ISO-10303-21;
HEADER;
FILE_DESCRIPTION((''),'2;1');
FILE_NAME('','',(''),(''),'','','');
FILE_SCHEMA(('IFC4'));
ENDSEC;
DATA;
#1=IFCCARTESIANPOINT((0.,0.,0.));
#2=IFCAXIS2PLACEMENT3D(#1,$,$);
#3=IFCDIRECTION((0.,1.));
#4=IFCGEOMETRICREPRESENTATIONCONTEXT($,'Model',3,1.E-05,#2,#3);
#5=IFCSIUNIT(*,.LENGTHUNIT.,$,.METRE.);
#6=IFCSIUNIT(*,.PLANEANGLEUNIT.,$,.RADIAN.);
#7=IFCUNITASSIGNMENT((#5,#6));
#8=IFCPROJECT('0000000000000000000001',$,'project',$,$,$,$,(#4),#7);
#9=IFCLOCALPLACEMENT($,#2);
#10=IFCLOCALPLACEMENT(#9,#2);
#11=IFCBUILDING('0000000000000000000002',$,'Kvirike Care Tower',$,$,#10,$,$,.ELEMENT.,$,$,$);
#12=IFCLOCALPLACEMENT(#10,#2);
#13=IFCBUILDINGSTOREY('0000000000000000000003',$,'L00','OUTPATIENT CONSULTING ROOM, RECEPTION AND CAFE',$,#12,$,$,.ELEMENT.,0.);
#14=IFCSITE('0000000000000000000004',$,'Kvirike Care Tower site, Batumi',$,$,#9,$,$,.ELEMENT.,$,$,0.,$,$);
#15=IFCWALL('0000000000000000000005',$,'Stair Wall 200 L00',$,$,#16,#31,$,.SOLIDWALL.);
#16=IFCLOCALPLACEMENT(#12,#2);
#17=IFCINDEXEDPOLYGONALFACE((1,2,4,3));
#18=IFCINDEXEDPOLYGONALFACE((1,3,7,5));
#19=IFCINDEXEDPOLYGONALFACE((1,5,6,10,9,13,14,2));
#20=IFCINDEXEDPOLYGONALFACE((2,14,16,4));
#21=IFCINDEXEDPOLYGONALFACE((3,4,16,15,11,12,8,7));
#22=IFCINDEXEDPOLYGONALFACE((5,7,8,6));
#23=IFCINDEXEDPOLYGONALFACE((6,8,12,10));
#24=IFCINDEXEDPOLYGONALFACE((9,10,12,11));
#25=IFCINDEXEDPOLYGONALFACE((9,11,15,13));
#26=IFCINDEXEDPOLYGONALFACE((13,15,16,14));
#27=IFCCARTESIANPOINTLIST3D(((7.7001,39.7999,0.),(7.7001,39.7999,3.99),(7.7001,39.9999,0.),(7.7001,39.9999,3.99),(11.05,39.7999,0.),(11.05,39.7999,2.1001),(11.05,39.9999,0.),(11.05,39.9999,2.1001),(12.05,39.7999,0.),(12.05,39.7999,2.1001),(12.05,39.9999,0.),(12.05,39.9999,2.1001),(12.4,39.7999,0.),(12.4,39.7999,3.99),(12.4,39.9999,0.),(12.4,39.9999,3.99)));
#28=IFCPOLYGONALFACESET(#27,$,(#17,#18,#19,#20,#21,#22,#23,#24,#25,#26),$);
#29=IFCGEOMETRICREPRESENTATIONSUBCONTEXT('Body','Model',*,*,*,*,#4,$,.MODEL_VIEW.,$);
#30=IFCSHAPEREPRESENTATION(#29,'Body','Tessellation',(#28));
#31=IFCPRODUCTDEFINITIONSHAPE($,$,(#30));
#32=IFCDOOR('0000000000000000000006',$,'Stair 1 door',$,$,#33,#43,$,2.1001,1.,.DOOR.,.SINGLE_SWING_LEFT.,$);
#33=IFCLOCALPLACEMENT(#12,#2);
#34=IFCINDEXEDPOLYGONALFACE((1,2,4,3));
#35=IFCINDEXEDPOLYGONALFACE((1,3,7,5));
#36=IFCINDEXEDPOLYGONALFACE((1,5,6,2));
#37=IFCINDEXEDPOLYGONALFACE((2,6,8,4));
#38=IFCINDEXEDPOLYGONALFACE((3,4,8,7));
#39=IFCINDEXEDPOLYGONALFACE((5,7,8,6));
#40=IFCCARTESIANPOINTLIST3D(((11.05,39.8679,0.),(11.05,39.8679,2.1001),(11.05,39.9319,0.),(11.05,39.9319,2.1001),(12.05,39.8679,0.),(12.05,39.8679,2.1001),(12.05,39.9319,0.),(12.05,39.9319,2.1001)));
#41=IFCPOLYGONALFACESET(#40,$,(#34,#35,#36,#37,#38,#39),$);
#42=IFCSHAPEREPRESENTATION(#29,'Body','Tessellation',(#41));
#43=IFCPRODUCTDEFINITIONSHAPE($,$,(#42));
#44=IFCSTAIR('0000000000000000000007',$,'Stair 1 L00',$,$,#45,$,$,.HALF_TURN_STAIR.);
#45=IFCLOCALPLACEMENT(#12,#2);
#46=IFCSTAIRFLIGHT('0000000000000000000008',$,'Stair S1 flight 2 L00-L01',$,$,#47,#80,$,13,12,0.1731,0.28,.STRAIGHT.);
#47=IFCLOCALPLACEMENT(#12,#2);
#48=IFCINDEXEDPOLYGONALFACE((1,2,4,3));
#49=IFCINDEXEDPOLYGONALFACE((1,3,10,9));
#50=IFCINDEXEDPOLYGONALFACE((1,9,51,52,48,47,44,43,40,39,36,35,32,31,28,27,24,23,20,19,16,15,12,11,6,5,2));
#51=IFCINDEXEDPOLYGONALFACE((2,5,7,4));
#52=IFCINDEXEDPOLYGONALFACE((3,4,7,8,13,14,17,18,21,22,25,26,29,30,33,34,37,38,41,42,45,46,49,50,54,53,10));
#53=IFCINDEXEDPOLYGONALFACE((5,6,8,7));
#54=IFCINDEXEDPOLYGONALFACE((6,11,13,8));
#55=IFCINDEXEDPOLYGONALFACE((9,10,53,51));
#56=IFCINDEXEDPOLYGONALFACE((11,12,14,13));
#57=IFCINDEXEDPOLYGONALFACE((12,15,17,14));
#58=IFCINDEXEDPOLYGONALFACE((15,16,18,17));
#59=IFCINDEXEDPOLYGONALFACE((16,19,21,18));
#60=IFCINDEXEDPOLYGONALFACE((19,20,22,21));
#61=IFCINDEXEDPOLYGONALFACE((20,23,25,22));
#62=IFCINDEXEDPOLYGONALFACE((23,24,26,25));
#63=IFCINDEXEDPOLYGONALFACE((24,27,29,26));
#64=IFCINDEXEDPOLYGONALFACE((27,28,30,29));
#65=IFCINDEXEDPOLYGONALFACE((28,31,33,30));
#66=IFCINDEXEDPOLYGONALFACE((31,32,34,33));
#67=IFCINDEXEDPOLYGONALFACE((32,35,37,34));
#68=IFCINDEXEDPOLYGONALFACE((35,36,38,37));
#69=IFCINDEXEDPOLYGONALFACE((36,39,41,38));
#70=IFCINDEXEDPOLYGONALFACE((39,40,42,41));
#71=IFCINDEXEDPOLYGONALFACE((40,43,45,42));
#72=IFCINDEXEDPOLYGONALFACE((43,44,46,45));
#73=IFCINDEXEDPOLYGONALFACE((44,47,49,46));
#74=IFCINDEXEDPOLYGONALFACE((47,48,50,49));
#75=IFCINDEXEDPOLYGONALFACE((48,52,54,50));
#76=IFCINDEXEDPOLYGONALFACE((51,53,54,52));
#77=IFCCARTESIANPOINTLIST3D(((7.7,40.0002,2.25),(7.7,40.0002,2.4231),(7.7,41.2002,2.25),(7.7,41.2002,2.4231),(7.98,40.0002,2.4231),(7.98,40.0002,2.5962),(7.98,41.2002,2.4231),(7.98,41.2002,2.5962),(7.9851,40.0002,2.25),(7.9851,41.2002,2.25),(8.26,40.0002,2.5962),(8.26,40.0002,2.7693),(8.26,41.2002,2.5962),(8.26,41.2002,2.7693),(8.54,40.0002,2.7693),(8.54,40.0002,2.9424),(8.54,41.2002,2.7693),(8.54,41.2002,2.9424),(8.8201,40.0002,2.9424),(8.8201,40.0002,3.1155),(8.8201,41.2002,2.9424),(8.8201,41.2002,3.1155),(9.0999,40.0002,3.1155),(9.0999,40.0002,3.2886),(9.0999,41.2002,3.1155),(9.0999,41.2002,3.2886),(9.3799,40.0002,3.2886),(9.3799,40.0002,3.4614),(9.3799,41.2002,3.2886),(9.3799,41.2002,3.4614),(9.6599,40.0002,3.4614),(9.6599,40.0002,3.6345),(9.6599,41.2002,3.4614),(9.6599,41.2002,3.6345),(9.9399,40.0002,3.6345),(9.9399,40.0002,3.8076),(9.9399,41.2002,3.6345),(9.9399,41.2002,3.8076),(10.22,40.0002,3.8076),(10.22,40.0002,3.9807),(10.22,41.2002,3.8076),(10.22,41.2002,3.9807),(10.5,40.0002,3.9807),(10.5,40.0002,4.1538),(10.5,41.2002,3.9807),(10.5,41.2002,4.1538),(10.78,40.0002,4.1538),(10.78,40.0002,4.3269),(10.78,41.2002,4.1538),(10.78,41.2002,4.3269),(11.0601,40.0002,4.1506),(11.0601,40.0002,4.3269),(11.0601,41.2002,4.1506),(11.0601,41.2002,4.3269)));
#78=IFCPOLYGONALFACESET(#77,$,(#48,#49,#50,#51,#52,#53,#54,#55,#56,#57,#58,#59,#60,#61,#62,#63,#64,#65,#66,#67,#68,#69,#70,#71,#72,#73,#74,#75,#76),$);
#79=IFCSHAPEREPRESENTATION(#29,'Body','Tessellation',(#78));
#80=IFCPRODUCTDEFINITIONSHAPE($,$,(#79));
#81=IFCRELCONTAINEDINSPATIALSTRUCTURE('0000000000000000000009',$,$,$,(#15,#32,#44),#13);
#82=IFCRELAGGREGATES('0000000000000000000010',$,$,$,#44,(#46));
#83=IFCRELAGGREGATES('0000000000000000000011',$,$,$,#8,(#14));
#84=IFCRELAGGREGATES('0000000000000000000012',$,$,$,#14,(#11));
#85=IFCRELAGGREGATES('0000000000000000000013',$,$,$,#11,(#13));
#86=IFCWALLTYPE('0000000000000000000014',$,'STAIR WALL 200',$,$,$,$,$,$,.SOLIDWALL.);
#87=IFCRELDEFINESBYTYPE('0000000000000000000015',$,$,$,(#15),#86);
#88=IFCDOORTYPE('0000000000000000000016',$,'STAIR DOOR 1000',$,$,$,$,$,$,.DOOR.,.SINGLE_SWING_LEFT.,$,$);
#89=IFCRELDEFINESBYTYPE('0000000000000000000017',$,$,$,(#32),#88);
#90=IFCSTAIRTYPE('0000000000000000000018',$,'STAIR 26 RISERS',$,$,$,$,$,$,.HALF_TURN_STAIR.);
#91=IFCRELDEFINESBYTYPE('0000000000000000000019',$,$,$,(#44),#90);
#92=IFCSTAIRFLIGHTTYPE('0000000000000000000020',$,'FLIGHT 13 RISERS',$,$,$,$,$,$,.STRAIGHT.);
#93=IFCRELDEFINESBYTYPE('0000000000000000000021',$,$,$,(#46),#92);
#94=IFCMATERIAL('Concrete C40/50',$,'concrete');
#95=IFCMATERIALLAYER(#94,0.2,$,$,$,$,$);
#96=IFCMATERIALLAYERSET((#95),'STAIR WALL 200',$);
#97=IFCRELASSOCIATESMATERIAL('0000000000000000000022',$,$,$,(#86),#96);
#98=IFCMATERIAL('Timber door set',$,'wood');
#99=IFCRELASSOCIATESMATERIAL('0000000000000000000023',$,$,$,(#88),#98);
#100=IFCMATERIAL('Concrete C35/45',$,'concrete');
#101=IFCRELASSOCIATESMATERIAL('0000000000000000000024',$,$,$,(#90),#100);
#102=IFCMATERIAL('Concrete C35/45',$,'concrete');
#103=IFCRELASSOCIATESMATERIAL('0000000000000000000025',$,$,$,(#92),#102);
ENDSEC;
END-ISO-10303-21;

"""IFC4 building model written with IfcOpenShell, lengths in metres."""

from ifc_helpers import new_model, si_unit, direction, frame, frame_2d, origin, place, context, subcontext, project, spatial, polyline, rectangle, outline, extrude, material, layer, layer_set, type_object, element, fill, aggregate, save


model = new_model("IFC4")

# Units and contexts
model_context = context("Model", 3, precision=1e-05, world=origin(), true_north=direction((0.0, 1.0)))
body_context = subcontext(model_context, "Body", "Model", "MODEL_VIEW")
ifc_project = project(units=[si_unit("LENGTHUNIT", "METRE"), si_unit("PLANEANGLEUNIT", "RADIAN")], contexts=[model_context])

# Site, building, storey
site_placement = place(None, origin())
site = spatial("IfcSite", under=ifc_project, at=site_placement, Name="Kvirike Care Tower site, Batumi", CompositionType="ELEMENT", RefElevation=0.0)
building_placement = place(site_placement, origin())
building = spatial("IfcBuilding", under=site, at=building_placement, Name="Kvirike Care Tower", CompositionType="ELEMENT")
storey_placement = place(building_placement, origin())
storey = spatial("IfcBuildingStorey", under=building, at=storey_placement, Name="L00", Description="OUTPATIENT CONSULTING ROOM, RECEPTION AND CAFE", CompositionType="ELEMENT", Elevation=0.0)

# Shared definitions
ifc_material_1 = material(Name="Concrete C40/50", Category="concrete")
ifc_layer_1 = layer(ifc_material_1, 0.2)
ifc_layer_set_1 = layer_set([ifc_layer_1], Name="STAIR WALL 200")
wall_type_1 = type_object("IfcWallType", Name="STAIR WALL 200", PredefinedType="SOLIDWALL", material=ifc_layer_set_1)

# Wall, opening, door
wall_1_placement = place(storey_placement, frame((7.7, 39.8999, 0.0), z_axis=(0.0, 0.0, 1.0), x_axis=(1.0, 0.0, 0.0)))
wall_1 = element("IfcWall", 1, at=wall_1_placement, inside=storey, type_object=wall_type_1, Name="Stair Wall 200 L00", PredefinedType="SOLIDWALL", context=body_context, shape_type="SweptSolid", body=[
    extrude(rectangle(XDim=4.7, YDim=0.2, at=frame_2d((2.3501, 0.0))), origin(), (0.0, 0.0, 1.0), 3.99),
])
opening_placement = place(wall_1_placement, frame((3.3501, 0.0, 0.0)))
opening = element("IfcOpeningElement", 2, at=opening_placement, cuts=wall_1, PredefinedType="OPENING", context=body_context, shape_type="SweptSolid", body=[
    extrude(rectangle(XDim=1.0, YDim=2.1001, at=frame_2d((0.5, 1.05))), frame((0.0, 0.1106, 0.0), z_axis=(0.0, -1.0, 0.0), x_axis=(1.0, 0.0, 0.0)), (0.0, 0.0, 1.0), 0.2209),
])
ifc_material_2 = material(Name="Timber door set", Category="wood")
door_type = type_object("IfcDoorType", Name="STAIR DOOR 1000", OperationType="SINGLE_SWING_LEFT", PredefinedType="DOOR", material=ifc_material_2)
door_placement = place(opening_placement, origin())
door = element("IfcDoor", 3, at=door_placement, inside=storey, type_object=door_type, Name="Stair 1 door", OperationType="SINGLE_SWING_LEFT", OverallHeight=2.1001, OverallWidth=1.0, PredefinedType="DOOR", context=body_context, shape_type="SweptSolid", body=[
    extrude(rectangle(XDim=1.0, YDim=2.1001, at=frame_2d((0.5, 1.05))), frame((0.0, 0.032, 0.0), z_axis=(0.0, -1.0, 0.0), x_axis=(1.0, 0.0, 0.0)), (0.0, 0.0, 1.0), 0.064),
])
fill(opening, door)

# Stair, stair flight
ifc_material_3 = material(Name="Concrete C35/45", Category="concrete")
stair_type = type_object("IfcStairType", Name="STAIR 26 RISERS", PredefinedType="HALF_TURN_STAIR", material=ifc_material_3)
stair_placement = place(storey_placement, origin())
stair = element("IfcStair", 4, at=stair_placement, inside=storey, type_object=stair_type, Name="Stair 1 L00", PredefinedType="HALF_TURN_STAIR")
ifc_material_4 = material(Name="Concrete C35/45", Category="concrete")
stair_flight_type = type_object("IfcStairFlightType", Name="FLIGHT 13 RISERS", PredefinedType="STRAIGHT", material=ifc_material_4)
stair_flight_placement = place(storey_placement, frame((7.7, 40.6001, 2.25), z_axis=(0.0, 0.0, 1.0), x_axis=(1.0, 0.0, 0.0)))
stair_flight = element("IfcStairFlight", 5, at=stair_flight_placement, type_object=stair_flight_type, Name="Stair S1 flight 2 L00-L01", NumberOfRisers=13, NumberOfTreads=12, PredefinedType="STRAIGHT", RiserHeight=0.1731, TreadLength=0.28, context=body_context, shape_type="SweptSolid", body=[
    extrude(outline(polyline([(0.0, 0.0), (0.0, 0.1731), (0.28, 0.1731), (0.28, 0.3462), (0.5601, 0.3462), (0.5601, 0.5193), (0.8401, 0.5193), (0.8401, 0.6924), (1.1201, 0.6924), (1.1201, 0.8655), (1.3999, 0.8655), (1.3999, 1.0386), (1.6799, 1.0386), (1.6799, 1.2114), (1.96, 1.2114), (1.96, 1.3845), (2.24, 1.3845), (2.24, 1.5576), (2.52, 1.5576), (2.52, 1.7307), (2.8, 1.7307), (2.8, 1.9038), (3.0801, 1.9038), (3.0801, 2.0769), (3.3601, 2.0769), (3.3601, 2.25), (3.3601, 1.9006), (0.2852, 0.0), (0.0, 0.0)])), frame((0.0, 0.6001, 0.0), z_axis=(0.0, -1.0, 0.0), x_axis=(1.0, 0.0, 0.0)), (0.0, 0.0, 1.0), 1.2),
])
aggregate(stair, [stair_flight])

save(model, "model.ifc")
